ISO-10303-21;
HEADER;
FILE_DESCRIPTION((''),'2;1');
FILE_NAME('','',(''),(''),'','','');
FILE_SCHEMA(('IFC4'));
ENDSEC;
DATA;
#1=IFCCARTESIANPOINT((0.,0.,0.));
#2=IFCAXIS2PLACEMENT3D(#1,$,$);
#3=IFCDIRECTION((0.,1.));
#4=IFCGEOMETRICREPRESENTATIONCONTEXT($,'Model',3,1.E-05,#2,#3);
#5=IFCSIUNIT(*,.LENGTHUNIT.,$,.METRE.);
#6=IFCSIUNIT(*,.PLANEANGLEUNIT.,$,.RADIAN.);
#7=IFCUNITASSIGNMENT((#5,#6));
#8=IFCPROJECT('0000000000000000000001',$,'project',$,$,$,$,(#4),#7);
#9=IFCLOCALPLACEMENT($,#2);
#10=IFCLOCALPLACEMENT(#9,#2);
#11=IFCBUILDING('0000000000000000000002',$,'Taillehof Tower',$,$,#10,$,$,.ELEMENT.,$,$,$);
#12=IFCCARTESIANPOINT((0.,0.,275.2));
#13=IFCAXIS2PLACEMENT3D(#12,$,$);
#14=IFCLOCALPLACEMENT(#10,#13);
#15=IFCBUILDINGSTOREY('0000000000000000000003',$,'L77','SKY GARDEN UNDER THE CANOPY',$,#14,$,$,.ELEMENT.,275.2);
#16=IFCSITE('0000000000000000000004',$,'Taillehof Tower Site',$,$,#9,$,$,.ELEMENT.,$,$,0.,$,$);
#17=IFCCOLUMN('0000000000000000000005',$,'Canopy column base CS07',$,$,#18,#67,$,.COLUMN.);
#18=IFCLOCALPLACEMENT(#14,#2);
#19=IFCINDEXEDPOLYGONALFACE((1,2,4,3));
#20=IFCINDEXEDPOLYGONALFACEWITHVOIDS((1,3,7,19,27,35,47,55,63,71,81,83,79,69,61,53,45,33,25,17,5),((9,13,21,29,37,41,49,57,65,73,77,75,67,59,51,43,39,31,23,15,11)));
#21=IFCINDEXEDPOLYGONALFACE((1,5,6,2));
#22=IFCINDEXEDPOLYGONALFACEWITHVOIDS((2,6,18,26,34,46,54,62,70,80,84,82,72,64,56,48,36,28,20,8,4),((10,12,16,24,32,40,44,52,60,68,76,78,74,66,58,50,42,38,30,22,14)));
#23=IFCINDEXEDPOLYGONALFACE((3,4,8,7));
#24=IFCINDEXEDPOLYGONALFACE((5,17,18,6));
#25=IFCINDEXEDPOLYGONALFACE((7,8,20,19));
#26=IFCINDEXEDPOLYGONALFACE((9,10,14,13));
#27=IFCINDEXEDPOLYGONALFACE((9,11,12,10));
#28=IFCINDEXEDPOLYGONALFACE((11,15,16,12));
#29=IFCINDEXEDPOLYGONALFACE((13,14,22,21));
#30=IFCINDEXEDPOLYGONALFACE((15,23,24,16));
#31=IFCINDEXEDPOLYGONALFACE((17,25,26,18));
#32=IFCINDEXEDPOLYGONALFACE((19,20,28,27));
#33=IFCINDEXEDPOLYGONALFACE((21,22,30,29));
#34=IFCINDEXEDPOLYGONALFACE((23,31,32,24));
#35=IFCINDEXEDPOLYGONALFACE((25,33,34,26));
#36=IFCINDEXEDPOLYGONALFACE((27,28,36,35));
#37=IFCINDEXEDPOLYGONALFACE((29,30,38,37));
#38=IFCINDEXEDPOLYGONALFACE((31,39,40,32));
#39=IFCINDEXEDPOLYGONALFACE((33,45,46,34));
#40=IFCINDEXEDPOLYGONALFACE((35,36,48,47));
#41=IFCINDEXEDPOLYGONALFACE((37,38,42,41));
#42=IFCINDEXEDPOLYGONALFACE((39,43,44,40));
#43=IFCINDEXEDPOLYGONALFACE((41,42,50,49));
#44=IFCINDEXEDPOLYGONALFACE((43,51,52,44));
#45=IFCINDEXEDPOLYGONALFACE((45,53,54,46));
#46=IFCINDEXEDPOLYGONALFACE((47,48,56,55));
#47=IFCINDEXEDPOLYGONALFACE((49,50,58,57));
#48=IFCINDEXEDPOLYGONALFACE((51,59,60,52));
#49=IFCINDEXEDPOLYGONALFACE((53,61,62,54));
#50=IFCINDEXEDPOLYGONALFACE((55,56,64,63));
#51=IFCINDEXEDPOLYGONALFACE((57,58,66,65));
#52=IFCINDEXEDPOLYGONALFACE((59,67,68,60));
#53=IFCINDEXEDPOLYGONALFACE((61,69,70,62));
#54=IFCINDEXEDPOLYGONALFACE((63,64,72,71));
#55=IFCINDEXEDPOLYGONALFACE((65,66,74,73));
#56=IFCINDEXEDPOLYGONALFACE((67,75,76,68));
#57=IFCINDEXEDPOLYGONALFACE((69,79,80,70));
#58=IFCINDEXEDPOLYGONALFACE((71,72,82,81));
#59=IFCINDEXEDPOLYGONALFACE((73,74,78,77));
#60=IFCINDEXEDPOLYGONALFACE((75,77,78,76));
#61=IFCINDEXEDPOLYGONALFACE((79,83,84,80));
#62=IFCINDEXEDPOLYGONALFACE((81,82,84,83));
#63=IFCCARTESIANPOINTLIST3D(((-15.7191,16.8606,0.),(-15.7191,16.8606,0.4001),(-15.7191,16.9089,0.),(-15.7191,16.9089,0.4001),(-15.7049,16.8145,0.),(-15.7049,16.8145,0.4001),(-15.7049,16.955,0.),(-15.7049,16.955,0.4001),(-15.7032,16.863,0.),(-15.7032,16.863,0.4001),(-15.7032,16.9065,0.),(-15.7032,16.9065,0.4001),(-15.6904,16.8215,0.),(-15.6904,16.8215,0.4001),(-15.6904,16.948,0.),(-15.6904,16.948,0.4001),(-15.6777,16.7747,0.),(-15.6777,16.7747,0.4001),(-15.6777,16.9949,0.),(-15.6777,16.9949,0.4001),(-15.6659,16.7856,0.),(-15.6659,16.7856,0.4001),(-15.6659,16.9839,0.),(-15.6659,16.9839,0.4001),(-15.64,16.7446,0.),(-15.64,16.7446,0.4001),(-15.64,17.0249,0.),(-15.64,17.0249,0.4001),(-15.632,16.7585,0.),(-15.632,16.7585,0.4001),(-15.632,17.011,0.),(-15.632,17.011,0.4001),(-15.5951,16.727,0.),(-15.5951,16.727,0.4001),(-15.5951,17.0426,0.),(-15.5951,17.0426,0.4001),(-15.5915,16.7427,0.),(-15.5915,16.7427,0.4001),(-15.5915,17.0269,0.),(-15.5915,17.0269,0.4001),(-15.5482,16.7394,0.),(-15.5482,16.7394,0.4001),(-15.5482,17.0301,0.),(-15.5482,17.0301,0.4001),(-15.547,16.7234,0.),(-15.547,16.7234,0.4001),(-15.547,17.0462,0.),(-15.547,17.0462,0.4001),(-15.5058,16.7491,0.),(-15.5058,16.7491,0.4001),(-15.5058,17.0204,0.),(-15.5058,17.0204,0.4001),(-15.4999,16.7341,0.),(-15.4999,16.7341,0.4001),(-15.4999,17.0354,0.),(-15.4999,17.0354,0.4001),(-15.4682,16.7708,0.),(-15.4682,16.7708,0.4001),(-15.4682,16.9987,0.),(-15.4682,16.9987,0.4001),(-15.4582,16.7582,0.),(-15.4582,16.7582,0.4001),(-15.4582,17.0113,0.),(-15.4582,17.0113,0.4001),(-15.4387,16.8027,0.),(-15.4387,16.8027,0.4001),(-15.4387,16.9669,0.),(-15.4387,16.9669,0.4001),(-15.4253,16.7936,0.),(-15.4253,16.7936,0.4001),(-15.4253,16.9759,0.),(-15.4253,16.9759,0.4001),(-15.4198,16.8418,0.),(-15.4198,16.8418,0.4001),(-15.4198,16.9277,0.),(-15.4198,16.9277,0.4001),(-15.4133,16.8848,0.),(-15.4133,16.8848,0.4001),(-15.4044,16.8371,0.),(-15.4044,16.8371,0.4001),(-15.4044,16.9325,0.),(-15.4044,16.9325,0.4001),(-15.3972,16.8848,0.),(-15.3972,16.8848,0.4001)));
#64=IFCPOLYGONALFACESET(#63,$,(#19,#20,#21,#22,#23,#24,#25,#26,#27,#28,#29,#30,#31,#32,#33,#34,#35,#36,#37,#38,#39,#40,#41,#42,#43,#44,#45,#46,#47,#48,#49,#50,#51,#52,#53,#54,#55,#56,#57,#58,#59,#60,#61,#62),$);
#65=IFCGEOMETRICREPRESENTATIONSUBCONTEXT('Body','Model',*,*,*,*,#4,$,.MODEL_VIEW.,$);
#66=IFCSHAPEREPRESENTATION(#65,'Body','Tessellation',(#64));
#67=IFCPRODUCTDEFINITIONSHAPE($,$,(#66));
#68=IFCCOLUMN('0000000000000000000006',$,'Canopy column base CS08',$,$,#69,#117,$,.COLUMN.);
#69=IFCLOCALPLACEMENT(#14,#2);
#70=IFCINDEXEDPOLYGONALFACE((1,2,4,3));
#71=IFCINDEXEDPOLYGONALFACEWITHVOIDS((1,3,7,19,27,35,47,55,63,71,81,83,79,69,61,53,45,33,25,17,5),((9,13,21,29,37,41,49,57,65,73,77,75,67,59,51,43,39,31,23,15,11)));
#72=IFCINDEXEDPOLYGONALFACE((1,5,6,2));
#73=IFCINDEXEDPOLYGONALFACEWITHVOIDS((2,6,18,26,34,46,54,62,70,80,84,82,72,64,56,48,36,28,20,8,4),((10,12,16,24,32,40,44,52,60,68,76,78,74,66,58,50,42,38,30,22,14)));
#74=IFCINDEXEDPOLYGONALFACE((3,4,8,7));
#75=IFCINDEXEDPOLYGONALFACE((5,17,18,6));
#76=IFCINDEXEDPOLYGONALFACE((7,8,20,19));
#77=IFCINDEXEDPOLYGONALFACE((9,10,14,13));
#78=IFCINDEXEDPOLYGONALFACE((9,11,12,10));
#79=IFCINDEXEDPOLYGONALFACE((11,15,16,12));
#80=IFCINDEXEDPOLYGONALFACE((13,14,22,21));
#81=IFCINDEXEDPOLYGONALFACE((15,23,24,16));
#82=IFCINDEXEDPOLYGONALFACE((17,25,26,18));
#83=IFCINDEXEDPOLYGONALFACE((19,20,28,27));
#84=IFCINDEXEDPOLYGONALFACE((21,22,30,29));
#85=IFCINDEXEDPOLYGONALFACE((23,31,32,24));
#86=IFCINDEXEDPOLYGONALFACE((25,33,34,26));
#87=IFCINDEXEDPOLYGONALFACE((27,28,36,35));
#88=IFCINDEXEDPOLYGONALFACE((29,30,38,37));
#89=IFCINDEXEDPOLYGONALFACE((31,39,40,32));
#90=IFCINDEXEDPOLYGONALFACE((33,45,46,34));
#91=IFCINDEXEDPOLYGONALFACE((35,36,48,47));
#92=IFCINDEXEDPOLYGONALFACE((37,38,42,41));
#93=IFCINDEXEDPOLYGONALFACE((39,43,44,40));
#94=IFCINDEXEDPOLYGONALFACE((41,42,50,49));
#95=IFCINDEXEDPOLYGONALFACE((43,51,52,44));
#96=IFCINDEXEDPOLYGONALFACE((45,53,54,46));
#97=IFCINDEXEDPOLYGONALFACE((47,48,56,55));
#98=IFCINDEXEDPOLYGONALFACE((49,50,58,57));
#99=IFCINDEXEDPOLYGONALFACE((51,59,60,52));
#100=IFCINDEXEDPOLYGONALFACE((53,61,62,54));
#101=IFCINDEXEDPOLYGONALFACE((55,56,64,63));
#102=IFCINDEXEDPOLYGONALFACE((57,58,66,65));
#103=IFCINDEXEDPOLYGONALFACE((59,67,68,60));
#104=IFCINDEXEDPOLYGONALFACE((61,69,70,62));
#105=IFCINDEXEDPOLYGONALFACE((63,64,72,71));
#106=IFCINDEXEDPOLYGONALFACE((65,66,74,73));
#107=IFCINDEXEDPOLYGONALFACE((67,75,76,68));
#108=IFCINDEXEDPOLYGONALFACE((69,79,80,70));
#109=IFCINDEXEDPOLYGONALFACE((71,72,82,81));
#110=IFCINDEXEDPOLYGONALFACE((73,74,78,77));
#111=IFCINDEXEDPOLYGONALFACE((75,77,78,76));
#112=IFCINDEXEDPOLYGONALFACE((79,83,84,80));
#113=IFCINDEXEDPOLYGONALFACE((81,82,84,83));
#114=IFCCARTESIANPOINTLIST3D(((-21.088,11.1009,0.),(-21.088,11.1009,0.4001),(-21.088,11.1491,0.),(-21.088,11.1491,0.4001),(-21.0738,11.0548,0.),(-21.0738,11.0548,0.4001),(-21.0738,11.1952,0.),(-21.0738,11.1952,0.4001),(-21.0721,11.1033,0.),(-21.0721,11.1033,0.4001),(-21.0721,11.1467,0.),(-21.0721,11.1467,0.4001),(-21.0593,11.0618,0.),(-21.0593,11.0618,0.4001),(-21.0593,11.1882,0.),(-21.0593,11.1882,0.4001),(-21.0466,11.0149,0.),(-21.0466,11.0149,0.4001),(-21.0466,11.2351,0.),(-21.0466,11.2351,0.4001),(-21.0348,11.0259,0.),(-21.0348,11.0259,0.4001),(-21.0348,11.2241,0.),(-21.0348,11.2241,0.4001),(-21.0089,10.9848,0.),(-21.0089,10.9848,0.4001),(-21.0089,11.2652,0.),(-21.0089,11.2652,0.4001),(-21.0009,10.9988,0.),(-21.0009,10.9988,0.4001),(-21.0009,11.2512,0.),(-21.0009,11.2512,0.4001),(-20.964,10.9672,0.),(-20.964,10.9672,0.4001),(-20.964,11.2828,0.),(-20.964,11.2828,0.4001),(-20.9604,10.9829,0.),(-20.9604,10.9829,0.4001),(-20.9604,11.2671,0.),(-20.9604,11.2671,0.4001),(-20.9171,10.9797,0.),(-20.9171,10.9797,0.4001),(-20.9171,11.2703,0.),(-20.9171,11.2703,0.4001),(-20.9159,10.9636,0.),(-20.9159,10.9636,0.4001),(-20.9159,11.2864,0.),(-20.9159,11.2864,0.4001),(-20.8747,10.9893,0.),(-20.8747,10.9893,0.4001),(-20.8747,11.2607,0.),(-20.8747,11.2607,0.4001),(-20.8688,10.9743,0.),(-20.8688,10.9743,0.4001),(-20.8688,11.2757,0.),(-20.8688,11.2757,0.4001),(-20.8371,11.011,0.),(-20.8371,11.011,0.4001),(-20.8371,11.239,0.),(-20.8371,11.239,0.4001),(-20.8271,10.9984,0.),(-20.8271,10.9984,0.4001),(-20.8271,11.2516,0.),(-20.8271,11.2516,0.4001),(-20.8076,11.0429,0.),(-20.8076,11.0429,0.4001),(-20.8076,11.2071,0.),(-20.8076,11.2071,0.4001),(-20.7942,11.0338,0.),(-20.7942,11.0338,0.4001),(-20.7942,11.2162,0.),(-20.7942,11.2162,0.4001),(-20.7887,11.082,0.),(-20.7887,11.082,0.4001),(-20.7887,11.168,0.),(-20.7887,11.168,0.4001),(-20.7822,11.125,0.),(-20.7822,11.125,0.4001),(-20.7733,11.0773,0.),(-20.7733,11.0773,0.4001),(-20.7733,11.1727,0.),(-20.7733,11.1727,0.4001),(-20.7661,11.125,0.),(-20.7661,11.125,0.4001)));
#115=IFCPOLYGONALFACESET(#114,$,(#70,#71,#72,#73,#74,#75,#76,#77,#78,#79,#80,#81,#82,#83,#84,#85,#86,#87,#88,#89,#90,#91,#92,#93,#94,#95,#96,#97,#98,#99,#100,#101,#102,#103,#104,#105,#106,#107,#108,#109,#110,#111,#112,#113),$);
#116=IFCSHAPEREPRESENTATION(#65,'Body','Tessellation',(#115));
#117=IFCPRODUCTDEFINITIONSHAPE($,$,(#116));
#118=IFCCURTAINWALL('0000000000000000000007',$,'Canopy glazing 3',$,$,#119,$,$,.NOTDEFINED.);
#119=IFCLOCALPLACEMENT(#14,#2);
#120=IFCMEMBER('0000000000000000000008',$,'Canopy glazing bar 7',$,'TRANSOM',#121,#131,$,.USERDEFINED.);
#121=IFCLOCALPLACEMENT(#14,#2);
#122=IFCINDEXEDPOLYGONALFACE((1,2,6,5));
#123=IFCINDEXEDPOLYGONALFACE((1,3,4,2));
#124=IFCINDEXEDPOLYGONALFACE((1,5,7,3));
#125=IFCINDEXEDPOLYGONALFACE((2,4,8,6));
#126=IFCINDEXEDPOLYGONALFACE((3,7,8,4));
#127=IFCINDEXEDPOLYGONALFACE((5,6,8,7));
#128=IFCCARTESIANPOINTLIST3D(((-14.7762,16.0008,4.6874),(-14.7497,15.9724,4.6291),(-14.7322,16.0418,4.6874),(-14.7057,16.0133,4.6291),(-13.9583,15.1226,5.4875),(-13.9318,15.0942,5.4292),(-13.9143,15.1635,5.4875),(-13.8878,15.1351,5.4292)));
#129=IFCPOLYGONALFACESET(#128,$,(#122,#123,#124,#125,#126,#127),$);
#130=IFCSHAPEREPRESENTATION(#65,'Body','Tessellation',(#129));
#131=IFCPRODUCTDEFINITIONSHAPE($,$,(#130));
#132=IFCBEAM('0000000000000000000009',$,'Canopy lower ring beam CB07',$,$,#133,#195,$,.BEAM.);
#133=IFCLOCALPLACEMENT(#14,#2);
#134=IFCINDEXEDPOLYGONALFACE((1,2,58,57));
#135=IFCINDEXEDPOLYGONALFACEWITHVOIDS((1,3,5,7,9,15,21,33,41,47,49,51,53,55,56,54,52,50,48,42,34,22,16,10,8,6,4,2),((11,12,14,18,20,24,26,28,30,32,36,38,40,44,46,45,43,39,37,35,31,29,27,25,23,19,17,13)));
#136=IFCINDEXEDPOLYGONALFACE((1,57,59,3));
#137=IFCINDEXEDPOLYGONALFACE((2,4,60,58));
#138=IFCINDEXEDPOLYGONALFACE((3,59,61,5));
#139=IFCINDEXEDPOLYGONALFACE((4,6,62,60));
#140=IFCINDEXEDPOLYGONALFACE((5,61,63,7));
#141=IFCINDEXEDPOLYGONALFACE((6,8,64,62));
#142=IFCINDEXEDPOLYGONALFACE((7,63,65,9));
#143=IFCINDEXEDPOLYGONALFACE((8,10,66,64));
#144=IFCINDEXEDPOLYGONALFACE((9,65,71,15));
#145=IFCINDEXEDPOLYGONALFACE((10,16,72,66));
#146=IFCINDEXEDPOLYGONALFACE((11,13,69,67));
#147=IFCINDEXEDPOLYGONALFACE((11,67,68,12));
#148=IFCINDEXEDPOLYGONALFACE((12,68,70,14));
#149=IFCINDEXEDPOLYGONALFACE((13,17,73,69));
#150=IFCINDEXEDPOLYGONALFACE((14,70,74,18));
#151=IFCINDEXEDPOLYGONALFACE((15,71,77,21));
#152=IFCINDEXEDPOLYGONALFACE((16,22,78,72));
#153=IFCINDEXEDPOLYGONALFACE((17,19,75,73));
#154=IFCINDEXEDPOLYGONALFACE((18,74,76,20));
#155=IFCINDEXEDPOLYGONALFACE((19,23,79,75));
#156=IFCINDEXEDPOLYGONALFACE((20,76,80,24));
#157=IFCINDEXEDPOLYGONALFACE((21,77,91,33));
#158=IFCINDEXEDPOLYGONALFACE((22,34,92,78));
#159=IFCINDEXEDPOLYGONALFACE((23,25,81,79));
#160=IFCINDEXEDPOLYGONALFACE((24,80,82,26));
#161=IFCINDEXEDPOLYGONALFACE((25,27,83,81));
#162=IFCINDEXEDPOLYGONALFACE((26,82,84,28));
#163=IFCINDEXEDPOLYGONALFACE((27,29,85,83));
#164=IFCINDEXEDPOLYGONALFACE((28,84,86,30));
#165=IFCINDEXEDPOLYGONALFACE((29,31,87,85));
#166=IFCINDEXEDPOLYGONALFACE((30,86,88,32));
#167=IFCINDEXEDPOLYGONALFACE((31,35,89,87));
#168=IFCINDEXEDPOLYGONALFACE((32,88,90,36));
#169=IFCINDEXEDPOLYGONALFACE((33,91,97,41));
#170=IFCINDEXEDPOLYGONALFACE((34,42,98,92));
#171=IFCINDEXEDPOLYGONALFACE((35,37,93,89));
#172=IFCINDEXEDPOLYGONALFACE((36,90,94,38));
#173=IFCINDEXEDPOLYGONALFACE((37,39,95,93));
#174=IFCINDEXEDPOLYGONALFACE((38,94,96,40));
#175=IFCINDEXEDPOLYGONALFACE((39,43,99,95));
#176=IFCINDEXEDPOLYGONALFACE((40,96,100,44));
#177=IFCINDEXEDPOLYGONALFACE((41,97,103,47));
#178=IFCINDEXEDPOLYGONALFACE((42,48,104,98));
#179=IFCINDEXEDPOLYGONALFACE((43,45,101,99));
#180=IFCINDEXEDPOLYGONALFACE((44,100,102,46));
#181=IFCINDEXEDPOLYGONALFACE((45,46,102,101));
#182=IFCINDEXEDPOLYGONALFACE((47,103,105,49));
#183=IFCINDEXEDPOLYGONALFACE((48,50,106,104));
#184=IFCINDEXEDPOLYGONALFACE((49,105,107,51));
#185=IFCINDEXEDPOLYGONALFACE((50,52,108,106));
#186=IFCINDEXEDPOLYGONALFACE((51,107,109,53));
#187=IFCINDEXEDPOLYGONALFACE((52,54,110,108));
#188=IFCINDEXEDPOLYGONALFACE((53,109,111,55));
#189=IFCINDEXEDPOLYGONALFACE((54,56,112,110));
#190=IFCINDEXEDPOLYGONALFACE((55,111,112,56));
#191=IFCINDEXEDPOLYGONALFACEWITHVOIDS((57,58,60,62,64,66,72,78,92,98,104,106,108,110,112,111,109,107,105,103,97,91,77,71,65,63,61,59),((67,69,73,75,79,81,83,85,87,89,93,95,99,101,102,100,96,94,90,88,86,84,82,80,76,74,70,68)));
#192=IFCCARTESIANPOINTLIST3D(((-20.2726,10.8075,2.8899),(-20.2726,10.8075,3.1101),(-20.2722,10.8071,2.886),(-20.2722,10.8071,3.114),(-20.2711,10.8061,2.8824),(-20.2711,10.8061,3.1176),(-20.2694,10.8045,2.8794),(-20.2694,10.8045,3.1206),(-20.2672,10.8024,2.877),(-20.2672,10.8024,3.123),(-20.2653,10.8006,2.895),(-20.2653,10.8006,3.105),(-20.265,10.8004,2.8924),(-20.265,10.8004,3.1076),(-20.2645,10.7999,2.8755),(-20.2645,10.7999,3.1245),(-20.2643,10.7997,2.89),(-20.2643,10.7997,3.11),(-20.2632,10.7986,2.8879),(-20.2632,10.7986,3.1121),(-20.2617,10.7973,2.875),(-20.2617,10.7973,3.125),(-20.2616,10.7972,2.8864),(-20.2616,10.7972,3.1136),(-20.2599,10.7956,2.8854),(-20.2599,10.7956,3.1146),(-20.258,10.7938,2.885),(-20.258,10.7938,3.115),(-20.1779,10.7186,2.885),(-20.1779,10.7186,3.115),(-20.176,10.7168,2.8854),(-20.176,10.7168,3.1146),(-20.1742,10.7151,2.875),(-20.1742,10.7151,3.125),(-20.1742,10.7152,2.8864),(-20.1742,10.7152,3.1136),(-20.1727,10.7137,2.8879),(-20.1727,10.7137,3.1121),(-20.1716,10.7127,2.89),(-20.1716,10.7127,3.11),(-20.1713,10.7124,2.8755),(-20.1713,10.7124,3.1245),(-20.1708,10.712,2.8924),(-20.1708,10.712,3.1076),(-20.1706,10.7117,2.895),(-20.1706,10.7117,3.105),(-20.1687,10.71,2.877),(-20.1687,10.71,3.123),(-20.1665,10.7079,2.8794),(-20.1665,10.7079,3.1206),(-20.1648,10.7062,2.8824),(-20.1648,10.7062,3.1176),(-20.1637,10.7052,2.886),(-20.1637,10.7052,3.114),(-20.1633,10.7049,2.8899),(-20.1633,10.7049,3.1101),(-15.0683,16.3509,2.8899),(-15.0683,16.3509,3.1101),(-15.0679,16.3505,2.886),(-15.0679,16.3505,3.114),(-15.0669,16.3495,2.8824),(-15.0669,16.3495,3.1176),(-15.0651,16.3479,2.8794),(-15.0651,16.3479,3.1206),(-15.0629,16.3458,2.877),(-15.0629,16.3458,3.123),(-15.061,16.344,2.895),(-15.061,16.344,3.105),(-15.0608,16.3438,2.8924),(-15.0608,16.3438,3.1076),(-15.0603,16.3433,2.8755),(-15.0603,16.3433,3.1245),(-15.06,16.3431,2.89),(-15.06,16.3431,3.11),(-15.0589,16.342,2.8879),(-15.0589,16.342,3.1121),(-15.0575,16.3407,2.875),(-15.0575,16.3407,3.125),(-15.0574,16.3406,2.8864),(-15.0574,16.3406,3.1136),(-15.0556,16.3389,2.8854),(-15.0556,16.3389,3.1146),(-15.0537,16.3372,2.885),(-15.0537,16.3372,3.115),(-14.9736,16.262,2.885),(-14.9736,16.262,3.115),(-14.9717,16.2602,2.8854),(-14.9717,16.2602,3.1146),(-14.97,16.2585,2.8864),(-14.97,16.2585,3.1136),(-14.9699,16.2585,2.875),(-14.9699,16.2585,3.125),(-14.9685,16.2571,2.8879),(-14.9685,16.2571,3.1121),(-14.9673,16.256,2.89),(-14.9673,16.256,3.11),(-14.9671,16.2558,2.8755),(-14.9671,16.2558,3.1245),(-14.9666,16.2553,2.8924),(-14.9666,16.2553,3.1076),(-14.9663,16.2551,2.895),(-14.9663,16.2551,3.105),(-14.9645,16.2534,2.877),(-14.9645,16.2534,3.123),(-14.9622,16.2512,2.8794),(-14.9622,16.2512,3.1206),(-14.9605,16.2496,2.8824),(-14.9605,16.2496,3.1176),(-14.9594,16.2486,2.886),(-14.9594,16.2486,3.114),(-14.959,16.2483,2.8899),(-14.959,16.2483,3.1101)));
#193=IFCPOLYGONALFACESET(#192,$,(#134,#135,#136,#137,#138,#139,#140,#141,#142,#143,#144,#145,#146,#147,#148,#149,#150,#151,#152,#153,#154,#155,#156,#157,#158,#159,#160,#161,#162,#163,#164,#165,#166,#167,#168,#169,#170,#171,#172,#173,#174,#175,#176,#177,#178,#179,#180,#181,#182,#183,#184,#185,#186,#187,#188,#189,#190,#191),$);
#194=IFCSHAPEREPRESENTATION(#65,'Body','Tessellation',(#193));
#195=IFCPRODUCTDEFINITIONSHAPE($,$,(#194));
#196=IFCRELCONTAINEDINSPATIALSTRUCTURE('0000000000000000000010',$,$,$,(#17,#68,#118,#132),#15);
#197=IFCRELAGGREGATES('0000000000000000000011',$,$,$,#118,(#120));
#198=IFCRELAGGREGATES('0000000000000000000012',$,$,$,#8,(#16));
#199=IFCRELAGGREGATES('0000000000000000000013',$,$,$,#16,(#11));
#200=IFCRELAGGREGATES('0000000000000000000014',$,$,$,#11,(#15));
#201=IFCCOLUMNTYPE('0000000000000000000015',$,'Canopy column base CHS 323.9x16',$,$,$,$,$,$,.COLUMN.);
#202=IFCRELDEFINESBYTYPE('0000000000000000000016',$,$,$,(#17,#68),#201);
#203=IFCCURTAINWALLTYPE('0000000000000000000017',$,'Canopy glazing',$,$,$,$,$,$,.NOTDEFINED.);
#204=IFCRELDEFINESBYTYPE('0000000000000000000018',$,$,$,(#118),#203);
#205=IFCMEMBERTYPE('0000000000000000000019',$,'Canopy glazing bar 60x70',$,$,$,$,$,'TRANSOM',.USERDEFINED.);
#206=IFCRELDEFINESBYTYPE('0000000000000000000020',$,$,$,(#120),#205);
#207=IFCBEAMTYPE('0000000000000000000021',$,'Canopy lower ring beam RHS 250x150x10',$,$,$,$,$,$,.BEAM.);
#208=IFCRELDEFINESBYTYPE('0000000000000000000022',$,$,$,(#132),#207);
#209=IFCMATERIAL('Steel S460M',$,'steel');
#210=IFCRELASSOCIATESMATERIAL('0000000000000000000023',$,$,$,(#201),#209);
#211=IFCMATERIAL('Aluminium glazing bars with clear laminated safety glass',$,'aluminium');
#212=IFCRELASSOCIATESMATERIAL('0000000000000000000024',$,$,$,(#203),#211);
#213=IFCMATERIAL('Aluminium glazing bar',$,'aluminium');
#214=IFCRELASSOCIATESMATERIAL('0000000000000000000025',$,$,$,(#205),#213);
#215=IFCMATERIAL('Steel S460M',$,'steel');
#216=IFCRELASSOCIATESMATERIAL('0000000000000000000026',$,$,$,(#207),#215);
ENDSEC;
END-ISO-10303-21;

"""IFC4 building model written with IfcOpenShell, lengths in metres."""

from ifc_helpers import new_model, si_unit, direction, frame, origin, origin_2d, place, context, subcontext, project, spatial, rectangle, hollow_rectangle, hollow_circle, extrude, material, material_profile, profile_set, type_object, element, aggregate, save


model = new_model("IFC4")

# Units and contexts
model_context = context("Model", 3, precision=1e-05, world=origin(), true_north=direction((0.0, 1.0)))
body_context = subcontext(model_context, "Body", "Model", "MODEL_VIEW")
ifc_project = project(units=[si_unit("LENGTHUNIT", "METRE"), si_unit("PLANEANGLEUNIT", "RADIAN")], contexts=[model_context])

# Site, building, storey
site_placement = place(None, origin())
site = spatial("IfcSite", under=ifc_project, at=site_placement, Name="Taillehof Tower Site", CompositionType="ELEMENT", RefElevation=0.0)
building_placement = place(site_placement, origin())
building = spatial("IfcBuilding", under=site, at=building_placement, Name="Taillehof Tower", CompositionType="ELEMENT")
storey_placement = place(building_placement, frame((0.0, 0.0, 275.2)))
storey = spatial("IfcBuildingStorey", under=building, at=storey_placement, Name="L77", Description="SKY GARDEN UNDER THE CANOPY", CompositionType="ELEMENT", Elevation=275.2)

# Columns
ifc_material_1 = material(Name="Steel S460M", Category="steel")
ifc_material_profile_1 = material_profile(ifc_material_1, hollow_circle(Radius=0.1619, WallThickness=0.0161, at=origin_2d()), Name="CHS 323.9x16")
ifc_profile_set_1 = profile_set([ifc_material_profile_1], Name="Steel S460M")
column_type = type_object("IfcColumnType", Name="Canopy column base CHS 323.9x16", PredefinedType="COLUMN", material=ifc_profile_set_1)
for number, where, z_axis, x_axis, name in (
    (1, (-15.5591, 16.8848, 0.0), (0.0, 0.0, 1.0), (1.0, 0.0, 0.0), "Canopy column base CS07"),
    (2, (-20.928, 11.125, 0.0), (0.0, 0.0, 1.0), (1.0, 0.0, 0.0), "Canopy column base CS08"),
):
    element("IfcColumn", number, at=place(storey_placement, frame(where, z_axis=z_axis, x_axis=x_axis)), inside=storey, type_object=column_type, Name=name, PredefinedType="COLUMN", context=body_context, shape_type="SweptSolid", body=[
        extrude(hollow_circle(Radius=0.1619, WallThickness=0.0161, at=origin_2d()), origin(), (0.0, 0.0, 1.0), 0.4001),
    ])

# Curtain wall, member
ifc_material_2 = material(Name="Aluminium glazing bars with clear laminated safety glass", Category="aluminium")
curtain_wall_type = type_object("IfcCurtainWallType", Name="Canopy glazing", PredefinedType="NOTDEFINED", material=ifc_material_2)
curtain_wall_placement = place(storey_placement, origin())
curtain_wall = element("IfcCurtainWall", 3, at=curtain_wall_placement, inside=storey, type_object=curtain_wall_type, Name="Canopy glazing 3", PredefinedType="NOTDEFINED")
ifc_material_3 = material(Name="Aluminium glazing bar", Category="aluminium")
ifc_material_profile_2 = material_profile(ifc_material_3, rectangle(XDim=0.0601, YDim=0.0701, at=origin_2d()), Name="AL 60x70")
ifc_profile_set_2 = profile_set([ifc_material_profile_2], Name="Aluminium glazing bar")
member_type_1 = type_object("IfcMemberType", Name="Canopy glazing bar 60x70", ElementType="TRANSOM", PredefinedType="USERDEFINED", material=ifc_profile_set_2)
member_1_placement = place(storey_placement, frame((-14.741, 16.0071, 4.6582), z_axis=(0.567067, -0.608878, 0.55471), x_axis=(0.731786, 0.681535, 0.0)))
member_1 = element("IfcMember", 4, at=member_1_placement, type_object=member_type_1, Name="Canopy glazing bar 7", ObjectType="TRANSOM", PredefinedType="USERDEFINED", context=body_context, shape_type="SweptSolid", body=[
    extrude(rectangle(XDim=0.0601, YDim=0.0701, at=origin_2d()), origin(), (0.0, 0.0, 1.0), 1.4424),
])
aggregate(curtain_wall, [member_1])

# Beam
ifc_material_4 = material(Name="Steel S460M", Category="steel")
ifc_material_profile_3 = material_profile(ifc_material_4, hollow_rectangle(XDim=0.1499, YDim=0.25, WallThickness=0.01, InnerFilletRadius=0.01, OuterFilletRadius=0.0149, at=origin_2d()), Name="RHS 250x150x10")
ifc_profile_set_3 = profile_set([ifc_material_profile_3], Name="Steel S460M")
beam_type_1 = type_object("IfcBeamType", Name="Canopy lower ring beam RHS 250x150x10", PredefinedType="BEAM", material=ifc_profile_set_3)
beam_1_placement = place(storey_placement, frame((-15.0137, 16.2996, 3.0), z_axis=(-0.684456, -0.729054, 0.0), x_axis=(0.729054, -0.684456, 0.0)))
element("IfcBeam", 5, at=beam_1_placement, inside=storey, type_object=beam_type_1, Name="Canopy lower ring beam CB07", PredefinedType="BEAM", context=body_context, shape_type="SweptSolid", body=[
    extrude(hollow_rectangle(XDim=0.1499, YDim=0.25, WallThickness=0.01, InnerFilletRadius=0.01, OuterFilletRadius=0.0149, at=origin_2d()), origin(), (0.0, 0.0, 1.0), 7.6035),
])

save(model, "model.ifc")
